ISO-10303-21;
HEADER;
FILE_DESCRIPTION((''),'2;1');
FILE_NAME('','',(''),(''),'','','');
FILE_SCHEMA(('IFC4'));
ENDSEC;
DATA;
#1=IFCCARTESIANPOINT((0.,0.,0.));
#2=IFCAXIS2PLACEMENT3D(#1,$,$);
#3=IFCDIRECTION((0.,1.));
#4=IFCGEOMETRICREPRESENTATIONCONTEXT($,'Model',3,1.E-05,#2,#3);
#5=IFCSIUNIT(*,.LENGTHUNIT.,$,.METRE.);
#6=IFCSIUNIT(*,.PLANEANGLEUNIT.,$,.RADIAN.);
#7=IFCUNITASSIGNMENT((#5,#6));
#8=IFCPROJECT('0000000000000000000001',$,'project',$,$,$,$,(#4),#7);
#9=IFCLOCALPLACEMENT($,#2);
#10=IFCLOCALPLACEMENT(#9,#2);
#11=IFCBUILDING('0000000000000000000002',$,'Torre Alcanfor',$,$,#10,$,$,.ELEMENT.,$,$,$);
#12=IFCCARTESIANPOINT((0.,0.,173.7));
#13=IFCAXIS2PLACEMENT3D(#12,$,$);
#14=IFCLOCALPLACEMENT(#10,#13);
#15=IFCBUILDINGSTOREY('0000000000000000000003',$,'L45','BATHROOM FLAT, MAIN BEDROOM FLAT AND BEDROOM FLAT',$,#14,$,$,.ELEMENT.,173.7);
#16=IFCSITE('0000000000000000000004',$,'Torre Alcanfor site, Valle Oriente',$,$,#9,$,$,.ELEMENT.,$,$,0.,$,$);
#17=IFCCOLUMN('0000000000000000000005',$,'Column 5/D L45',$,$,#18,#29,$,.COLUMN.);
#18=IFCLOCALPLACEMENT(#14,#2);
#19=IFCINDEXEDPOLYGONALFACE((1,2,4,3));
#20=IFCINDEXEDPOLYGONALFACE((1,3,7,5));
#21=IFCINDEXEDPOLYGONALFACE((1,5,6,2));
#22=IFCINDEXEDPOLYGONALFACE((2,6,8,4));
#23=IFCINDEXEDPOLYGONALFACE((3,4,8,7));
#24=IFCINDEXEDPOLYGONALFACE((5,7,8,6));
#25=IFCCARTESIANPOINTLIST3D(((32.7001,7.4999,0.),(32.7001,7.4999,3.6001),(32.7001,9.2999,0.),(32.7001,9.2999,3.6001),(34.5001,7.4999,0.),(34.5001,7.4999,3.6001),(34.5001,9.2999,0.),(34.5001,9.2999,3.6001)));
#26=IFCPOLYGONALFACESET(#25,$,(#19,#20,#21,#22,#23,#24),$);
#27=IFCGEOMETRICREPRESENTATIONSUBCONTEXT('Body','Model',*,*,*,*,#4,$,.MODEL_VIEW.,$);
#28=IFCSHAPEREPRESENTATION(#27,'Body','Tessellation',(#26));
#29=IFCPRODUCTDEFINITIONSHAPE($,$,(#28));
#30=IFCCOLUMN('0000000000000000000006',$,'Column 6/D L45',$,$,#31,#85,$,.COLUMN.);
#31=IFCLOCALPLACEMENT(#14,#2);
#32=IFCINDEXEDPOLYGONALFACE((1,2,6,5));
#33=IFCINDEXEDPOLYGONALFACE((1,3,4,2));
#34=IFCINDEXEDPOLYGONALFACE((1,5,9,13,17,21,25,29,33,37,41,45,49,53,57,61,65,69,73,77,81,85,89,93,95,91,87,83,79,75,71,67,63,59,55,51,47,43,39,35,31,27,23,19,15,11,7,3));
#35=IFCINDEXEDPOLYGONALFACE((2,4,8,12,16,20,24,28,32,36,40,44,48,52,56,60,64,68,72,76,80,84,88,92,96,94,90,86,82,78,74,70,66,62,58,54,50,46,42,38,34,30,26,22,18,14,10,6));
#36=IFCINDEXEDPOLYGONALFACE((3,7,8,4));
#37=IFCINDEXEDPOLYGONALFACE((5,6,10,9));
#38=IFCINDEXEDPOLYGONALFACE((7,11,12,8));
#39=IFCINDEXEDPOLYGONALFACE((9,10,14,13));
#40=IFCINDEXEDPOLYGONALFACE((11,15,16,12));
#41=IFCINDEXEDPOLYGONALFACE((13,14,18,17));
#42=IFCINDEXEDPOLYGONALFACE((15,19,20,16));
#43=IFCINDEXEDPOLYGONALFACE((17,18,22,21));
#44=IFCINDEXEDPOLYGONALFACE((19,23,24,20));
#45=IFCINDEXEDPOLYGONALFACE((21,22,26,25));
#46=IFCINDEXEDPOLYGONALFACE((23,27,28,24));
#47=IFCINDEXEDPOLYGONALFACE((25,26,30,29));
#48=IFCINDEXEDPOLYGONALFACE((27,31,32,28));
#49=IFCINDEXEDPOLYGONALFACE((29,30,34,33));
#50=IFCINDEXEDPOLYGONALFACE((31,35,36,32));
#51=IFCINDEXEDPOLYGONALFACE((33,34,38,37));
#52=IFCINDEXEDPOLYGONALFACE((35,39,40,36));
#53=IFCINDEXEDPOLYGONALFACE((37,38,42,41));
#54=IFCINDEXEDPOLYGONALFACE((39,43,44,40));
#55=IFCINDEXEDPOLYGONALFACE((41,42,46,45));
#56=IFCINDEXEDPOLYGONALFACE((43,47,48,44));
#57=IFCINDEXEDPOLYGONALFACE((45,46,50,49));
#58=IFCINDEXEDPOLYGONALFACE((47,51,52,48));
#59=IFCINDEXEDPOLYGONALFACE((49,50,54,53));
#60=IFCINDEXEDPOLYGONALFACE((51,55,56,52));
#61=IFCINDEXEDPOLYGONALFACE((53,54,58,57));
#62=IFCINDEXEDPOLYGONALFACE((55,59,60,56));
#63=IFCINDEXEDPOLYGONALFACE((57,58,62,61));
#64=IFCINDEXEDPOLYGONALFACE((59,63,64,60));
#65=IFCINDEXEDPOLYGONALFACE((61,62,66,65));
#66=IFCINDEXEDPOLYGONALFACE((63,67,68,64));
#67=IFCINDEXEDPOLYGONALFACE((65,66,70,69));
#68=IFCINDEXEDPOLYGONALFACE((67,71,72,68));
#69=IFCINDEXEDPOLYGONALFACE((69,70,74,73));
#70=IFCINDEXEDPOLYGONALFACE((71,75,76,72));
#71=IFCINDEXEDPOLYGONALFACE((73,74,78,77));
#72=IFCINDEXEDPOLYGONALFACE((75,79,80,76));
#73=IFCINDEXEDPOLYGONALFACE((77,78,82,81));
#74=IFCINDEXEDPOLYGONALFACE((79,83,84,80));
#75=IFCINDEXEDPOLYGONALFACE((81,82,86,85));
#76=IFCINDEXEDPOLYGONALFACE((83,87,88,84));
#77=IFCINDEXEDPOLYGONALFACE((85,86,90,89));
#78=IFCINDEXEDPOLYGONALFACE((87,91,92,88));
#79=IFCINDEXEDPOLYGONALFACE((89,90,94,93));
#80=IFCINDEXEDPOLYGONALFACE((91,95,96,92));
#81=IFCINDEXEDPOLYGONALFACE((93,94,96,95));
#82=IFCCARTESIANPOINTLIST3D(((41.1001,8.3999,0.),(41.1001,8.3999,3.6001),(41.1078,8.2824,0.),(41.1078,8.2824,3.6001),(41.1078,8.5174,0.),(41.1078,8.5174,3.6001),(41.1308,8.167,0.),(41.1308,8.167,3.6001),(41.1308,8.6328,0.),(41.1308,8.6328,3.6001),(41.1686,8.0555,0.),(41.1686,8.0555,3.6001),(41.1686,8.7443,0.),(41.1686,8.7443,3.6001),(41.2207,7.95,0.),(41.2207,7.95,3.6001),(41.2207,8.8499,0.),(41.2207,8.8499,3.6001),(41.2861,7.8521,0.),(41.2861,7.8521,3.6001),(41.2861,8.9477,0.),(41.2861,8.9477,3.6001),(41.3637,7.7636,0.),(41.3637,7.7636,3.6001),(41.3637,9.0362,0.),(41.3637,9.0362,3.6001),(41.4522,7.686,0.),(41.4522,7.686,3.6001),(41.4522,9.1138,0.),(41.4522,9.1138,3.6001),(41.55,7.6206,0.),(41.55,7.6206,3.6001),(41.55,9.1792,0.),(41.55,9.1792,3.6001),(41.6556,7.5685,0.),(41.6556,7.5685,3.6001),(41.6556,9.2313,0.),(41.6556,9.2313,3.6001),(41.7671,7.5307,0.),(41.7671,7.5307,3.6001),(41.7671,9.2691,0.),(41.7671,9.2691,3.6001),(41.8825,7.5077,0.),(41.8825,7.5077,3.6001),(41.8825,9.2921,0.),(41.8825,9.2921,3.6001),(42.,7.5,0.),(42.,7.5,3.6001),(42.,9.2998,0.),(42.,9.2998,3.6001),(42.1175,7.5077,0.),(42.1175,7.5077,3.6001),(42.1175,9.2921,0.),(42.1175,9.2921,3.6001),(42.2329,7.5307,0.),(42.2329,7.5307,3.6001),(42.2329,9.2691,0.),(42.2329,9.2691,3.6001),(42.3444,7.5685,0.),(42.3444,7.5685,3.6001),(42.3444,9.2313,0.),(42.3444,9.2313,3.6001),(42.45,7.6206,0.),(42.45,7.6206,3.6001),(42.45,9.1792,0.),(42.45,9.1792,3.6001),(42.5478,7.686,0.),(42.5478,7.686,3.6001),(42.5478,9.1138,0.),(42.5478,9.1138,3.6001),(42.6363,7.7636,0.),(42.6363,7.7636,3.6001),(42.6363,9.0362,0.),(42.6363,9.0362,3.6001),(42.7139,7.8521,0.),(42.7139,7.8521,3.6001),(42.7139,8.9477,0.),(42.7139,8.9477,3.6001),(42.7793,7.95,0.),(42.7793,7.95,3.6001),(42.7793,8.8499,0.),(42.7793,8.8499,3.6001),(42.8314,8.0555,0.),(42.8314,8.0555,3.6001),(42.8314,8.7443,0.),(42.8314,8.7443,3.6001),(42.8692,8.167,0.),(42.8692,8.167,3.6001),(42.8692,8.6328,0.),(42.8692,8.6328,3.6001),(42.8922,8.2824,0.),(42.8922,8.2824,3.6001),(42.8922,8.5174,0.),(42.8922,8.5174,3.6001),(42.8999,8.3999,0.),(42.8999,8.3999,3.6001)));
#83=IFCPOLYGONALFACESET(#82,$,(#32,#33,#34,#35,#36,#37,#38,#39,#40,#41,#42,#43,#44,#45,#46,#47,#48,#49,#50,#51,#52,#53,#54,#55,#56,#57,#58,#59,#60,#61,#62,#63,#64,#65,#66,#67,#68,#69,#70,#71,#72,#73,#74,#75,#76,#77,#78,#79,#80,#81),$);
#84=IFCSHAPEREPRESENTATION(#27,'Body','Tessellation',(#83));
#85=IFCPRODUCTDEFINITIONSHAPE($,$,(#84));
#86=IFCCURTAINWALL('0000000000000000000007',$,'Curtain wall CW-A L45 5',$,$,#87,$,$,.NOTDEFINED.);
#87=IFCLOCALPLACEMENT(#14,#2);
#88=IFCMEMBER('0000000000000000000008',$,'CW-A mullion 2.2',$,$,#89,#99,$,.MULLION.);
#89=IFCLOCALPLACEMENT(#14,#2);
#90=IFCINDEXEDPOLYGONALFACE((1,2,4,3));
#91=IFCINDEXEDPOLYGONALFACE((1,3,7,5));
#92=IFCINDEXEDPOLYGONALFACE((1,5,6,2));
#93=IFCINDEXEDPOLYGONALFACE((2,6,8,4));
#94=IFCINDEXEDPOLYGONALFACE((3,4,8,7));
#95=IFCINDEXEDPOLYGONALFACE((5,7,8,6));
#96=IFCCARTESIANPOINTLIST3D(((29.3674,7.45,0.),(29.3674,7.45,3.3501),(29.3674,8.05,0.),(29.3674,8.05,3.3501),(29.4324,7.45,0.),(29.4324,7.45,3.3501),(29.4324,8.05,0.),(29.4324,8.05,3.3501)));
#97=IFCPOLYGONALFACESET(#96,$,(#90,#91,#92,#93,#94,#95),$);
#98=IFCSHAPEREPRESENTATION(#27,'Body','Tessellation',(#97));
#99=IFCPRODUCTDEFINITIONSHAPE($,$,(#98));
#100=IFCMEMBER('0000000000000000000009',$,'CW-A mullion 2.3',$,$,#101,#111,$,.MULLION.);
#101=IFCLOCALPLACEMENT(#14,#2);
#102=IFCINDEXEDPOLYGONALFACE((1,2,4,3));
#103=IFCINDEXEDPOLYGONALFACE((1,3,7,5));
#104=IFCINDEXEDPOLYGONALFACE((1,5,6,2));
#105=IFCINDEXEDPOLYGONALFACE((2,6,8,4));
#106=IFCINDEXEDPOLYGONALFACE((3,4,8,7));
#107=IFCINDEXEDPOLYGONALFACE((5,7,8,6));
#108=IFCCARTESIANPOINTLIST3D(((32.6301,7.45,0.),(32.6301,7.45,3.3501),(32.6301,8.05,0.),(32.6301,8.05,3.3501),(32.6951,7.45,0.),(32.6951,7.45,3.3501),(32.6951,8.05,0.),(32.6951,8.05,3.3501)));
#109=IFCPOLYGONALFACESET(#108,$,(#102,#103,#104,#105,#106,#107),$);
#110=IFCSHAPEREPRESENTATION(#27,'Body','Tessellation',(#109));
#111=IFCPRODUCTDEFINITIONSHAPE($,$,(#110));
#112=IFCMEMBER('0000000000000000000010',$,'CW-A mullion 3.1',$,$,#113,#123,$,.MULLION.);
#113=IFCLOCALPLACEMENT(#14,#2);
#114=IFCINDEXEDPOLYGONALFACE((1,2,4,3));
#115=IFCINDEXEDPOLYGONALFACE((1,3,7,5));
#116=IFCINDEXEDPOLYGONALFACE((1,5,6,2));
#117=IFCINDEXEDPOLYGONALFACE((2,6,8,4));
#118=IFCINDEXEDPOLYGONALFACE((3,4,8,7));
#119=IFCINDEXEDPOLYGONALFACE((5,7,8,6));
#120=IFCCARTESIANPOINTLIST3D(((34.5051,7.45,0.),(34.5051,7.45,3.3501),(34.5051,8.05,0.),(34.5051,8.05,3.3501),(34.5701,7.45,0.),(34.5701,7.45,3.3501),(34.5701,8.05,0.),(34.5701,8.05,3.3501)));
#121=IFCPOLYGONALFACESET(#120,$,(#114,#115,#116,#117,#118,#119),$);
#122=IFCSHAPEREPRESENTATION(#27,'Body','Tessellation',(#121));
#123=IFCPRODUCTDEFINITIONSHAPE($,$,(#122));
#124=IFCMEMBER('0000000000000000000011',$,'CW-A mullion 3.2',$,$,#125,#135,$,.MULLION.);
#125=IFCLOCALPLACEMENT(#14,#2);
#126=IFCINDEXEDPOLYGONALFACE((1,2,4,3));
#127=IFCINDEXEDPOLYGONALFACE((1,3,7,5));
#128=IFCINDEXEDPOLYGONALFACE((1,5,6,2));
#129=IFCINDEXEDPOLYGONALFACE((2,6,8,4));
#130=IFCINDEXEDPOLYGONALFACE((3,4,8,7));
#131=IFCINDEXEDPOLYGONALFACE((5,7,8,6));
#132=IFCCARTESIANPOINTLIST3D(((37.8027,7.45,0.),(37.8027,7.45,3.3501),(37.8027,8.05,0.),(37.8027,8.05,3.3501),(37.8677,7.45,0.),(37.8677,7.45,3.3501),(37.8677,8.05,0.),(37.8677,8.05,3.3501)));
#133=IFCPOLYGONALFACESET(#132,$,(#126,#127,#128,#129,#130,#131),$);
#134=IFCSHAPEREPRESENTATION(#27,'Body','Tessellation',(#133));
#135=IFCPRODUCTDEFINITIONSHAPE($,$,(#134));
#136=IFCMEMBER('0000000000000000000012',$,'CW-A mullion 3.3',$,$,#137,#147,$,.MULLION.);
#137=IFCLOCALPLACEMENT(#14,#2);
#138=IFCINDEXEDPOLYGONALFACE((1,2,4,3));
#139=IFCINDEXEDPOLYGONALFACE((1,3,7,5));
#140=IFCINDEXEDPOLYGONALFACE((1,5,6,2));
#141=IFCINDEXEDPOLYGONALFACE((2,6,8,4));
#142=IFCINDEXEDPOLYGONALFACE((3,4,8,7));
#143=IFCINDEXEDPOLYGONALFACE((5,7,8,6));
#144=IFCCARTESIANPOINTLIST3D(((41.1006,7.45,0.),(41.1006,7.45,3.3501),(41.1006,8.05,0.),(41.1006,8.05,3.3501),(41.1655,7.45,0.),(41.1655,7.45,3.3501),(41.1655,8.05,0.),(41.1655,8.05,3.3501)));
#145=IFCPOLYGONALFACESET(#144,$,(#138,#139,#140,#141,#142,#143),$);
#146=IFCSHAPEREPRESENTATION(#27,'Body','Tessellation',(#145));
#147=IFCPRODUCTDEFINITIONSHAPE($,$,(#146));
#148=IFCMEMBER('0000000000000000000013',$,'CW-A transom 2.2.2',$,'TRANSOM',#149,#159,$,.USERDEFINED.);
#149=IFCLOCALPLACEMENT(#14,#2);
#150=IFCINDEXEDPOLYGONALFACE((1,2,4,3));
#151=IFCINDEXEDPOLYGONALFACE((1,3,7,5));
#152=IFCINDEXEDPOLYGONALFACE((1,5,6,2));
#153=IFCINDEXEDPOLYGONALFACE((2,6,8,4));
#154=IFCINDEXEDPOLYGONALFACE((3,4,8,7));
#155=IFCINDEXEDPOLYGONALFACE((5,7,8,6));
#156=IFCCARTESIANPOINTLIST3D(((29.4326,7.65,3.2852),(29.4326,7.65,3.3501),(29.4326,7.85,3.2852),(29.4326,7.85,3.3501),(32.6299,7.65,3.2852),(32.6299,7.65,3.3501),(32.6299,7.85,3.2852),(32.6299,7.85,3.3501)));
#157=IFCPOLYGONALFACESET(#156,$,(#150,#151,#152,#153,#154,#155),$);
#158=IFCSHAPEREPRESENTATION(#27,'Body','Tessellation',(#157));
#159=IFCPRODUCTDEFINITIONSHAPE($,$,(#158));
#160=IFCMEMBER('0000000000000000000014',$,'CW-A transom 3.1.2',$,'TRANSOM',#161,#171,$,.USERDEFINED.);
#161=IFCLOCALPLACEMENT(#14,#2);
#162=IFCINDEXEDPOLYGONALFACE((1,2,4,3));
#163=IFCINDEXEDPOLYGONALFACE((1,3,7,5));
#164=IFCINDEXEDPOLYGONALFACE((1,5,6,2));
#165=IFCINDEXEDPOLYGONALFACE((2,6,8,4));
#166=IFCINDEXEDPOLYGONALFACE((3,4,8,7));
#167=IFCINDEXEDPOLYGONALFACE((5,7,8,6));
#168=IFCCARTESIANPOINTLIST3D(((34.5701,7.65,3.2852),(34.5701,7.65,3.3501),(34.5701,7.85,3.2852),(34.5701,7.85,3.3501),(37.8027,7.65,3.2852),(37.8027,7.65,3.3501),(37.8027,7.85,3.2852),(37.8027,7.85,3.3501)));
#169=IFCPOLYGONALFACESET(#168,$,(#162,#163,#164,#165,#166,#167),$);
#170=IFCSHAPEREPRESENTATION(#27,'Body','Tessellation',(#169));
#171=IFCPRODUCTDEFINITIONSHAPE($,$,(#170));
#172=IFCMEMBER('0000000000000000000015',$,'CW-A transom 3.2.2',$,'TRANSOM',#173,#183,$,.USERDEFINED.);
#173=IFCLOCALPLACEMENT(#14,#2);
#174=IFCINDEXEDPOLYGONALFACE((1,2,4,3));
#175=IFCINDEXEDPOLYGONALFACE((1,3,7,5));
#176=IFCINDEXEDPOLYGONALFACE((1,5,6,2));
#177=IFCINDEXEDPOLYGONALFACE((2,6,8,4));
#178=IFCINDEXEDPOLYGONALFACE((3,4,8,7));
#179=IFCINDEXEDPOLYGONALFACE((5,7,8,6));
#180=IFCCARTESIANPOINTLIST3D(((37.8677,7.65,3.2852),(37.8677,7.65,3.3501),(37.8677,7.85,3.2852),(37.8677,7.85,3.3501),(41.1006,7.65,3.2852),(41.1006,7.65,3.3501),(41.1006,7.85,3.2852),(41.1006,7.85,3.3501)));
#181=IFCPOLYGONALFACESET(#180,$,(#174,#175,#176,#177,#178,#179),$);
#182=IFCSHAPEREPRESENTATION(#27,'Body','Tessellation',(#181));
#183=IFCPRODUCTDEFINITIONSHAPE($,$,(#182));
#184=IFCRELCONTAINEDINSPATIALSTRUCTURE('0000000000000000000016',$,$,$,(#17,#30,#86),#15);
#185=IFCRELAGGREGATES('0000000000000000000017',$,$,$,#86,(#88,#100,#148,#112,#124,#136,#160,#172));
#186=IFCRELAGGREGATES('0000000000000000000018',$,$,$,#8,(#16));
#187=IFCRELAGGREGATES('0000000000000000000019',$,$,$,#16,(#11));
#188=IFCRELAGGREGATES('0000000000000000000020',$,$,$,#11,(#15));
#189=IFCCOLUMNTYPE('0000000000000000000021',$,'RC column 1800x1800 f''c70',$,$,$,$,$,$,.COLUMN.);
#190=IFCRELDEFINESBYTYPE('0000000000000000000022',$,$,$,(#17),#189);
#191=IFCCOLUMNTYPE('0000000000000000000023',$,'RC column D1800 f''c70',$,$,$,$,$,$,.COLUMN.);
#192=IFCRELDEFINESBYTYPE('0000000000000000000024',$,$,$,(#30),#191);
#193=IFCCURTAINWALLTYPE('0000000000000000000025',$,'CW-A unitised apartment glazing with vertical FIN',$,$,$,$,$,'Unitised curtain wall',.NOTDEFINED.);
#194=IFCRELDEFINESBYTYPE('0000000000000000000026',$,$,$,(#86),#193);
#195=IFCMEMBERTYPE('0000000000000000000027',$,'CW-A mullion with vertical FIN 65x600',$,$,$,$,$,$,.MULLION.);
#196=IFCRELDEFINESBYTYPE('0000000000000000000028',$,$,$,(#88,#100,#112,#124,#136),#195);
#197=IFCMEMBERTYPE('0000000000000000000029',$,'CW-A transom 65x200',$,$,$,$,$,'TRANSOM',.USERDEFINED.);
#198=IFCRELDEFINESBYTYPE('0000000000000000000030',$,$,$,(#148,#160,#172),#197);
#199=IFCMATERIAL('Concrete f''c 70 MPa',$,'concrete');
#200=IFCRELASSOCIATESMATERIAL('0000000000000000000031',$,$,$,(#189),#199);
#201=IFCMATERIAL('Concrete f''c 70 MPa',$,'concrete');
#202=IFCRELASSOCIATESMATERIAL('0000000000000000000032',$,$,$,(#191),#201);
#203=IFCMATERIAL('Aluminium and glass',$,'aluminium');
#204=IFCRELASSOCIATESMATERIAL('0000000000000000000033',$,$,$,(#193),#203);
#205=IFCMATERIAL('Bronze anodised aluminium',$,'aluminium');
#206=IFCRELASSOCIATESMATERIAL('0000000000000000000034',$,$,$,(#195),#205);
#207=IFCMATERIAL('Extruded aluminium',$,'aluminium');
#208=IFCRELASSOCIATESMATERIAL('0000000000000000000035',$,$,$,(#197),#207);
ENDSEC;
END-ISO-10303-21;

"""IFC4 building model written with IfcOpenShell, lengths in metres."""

from ifc_helpers import new_model, si_unit, direction, frame, origin, origin_2d, place, context, subcontext, project, spatial, rectangle, circle, extrude, material, material_profile, profile_set, type_object, element, aggregate, save


model = new_model("IFC4")

# Units and contexts
model_context = context("Model", 3, precision=1e-05, world=origin(), true_north=direction((0.0, 1.0)))
body_context = subcontext(model_context, "Body", "Model", "MODEL_VIEW")
ifc_project = project(units=[si_unit("LENGTHUNIT", "METRE"), si_unit("PLANEANGLEUNIT", "RADIAN")], contexts=[model_context])

# Site, building, storey
site_placement = place(None, origin())
site = spatial("IfcSite", under=ifc_project, at=site_placement, Name="Torre Alcanfor site, Valle Oriente", CompositionType="ELEMENT", RefElevation=0.0)
building_placement = place(site_placement, origin())
building = spatial("IfcBuilding", under=site, at=building_placement, Name="Torre Alcanfor", CompositionType="ELEMENT")
storey_placement = place(building_placement, frame((0.0, 0.0, 173.7)))
storey = spatial("IfcBuildingStorey", under=building, at=storey_placement, Name="L45", Description="BATHROOM FLAT, MAIN BEDROOM FLAT AND BEDROOM FLAT", CompositionType="ELEMENT", Elevation=173.7)

# Columns
ifc_material_1 = material(Name="Concrete f'c 70 MPa", Category="concrete")
ifc_material_profile_1 = material_profile(ifc_material_1, rectangle(XDim=1.8, YDim=1.8, at=origin_2d()), Name="1800x1800")
ifc_profile_set_1 = profile_set([ifc_material_profile_1], Name="Concrete f'c 70 MPa")
column_type_1 = type_object("IfcColumnType", Name="RC column 1800x1800 f'c70", PredefinedType="COLUMN", material=ifc_profile_set_1)
column_1_placement = place(storey_placement, frame((33.6001, 8.3999, 0.0), z_axis=(0.0, 0.0, 1.0), x_axis=(1.0, 0.0, 0.0)))
element("IfcColumn", 1, at=column_1_placement, inside=storey, type_object=column_type_1, Name="Column 5/D L45", PredefinedType="COLUMN", context=body_context, shape_type="SweptSolid", body=[
    extrude(rectangle(XDim=1.8, YDim=1.8, at=origin_2d()), origin(), (0.0, 0.0, 1.0), 3.6001),
])
ifc_material_2 = material(Name="Concrete f'c 70 MPa", Category="concrete")
ifc_material_profile_2 = material_profile(ifc_material_2, circle(Radius=0.8999, at=origin_2d()), Name="D1800")
ifc_profile_set_2 = profile_set([ifc_material_profile_2], Name="Concrete f'c 70 MPa")
column_type_2 = type_object("IfcColumnType", Name="RC column D1800 f'c70", PredefinedType="COLUMN", material=ifc_profile_set_2)
column_2_placement = place(storey_placement, frame((42.0, 8.3999, 0.0), z_axis=(0.0, 0.0, 1.0), x_axis=(1.0, 0.0, 0.0)))
element("IfcColumn", 2, at=column_2_placement, inside=storey, type_object=column_type_2, Name="Column 6/D L45", PredefinedType="COLUMN", context=body_context, shape_type="SweptSolid", body=[
    extrude(circle(Radius=0.8999, at=origin_2d()), origin(), (0.0, 0.0, 1.0), 3.6001),
])

# Curtain wall, members
ifc_material_3 = material(Name="Aluminium and glass", Category="aluminium")
curtain_wall_type = type_object("IfcCurtainWallType", Name="CW-A unitised apartment glazing with vertical FIN", ElementType="Unitised curtain wall", PredefinedType="NOTDEFINED", material=ifc_material_3)
curtain_wall_placement = place(storey_placement, origin())
curtain_wall = element("IfcCurtainWall", 3, at=curtain_wall_placement, inside=storey, type_object=curtain_wall_type, Name="Curtain wall CW-A L45 5", PredefinedType="NOTDEFINED")
ifc_material_4 = material(Name="Bronze anodised aluminium", Category="aluminium")
ifc_material_profile_3 = material_profile(ifc_material_4, rectangle(XDim=0.6001, YDim=0.0649, at=origin_2d()), Name="CW-A mullion 65x600")
ifc_profile_set_3 = profile_set([ifc_material_profile_3], Name="Bronze anodised aluminium")
member_type_1 = type_object("IfcMemberType", Name="CW-A mullion with vertical FIN 65x600", PredefinedType="MULLION", material=ifc_profile_set_3)
member_1_placement = place(storey_placement, frame((29.3999, 7.75, 0.0), z_axis=(0.0, 0.0, 1.0), x_axis=(0.0, 1.0, 0.0)))
member_1 = element("IfcMember", 4, at=member_1_placement, type_object=member_type_1, Name="CW-A mullion 2.2", PredefinedType="MULLION", context=body_context, shape_type="SweptSolid", body=[
    extrude(rectangle(XDim=0.6001, YDim=0.0649, at=origin_2d()), origin(), (0.0, 0.0, 1.0), 3.3501),
])
member_2_placement = place(storey_placement, frame((32.6626, 7.75, 0.0), z_axis=(0.0, 0.0, 1.0), x_axis=(0.0, 1.0, 0.0)))
member_2 = element("IfcMember", 5, at=member_2_placement, type_object=member_type_1, Name="CW-A mullion 2.3", PredefinedType="MULLION", context=body_context, shape_type="SweptSolid", body=[
    extrude(rectangle(XDim=0.6001, YDim=0.0649, at=origin_2d()), origin(), (0.0, 0.0, 1.0), 3.3501),
])
member_3_placement = place(storey_placement, frame((34.5376, 7.75, 0.0), z_axis=(0.0, 0.0, 1.0), x_axis=(0.0, 1.0, 0.0)))
member_3 = element("IfcMember", 6, at=member_3_placement, type_object=member_type_1, Name="CW-A mullion 3.1", PredefinedType="MULLION", context=body_context, shape_type="SweptSolid", body=[
    extrude(rectangle(XDim=0.6001, YDim=0.0649, at=origin_2d()), origin(), (0.0, 0.0, 1.0), 3.3501),
])
member_4_placement = place(storey_placement, frame((37.8352, 7.75, 0.0), z_axis=(0.0, 0.0, 1.0), x_axis=(0.0, 1.0, 0.0)))
member_4 = element("IfcMember", 7, at=member_4_placement, type_object=member_type_1, Name="CW-A mullion 3.2", PredefinedType="MULLION", context=body_context, shape_type="SweptSolid", body=[
    extrude(rectangle(XDim=0.6001, YDim=0.0649, at=origin_2d()), origin(), (0.0, 0.0, 1.0), 3.3501),
])
member_5_placement = place(storey_placement, frame((41.1331, 7.75, 0.0), z_axis=(0.0, 0.0, 1.0), x_axis=(0.0, 1.0, 0.0)))
member_5 = element("IfcMember", 8, at=member_5_placement, type_object=member_type_1, Name="CW-A mullion 3.3", PredefinedType="MULLION", context=body_context, shape_type="SweptSolid", body=[
    extrude(rectangle(XDim=0.6001, YDim=0.0649, at=origin_2d()), origin(), (0.0, 0.0, 1.0), 3.3501),
])
ifc_material_5 = material(Name="Extruded aluminium", Category="aluminium")
ifc_material_profile_4 = material_profile(ifc_material_5, rectangle(XDim=0.2, YDim=0.0649, at=origin_2d()), Name="CW-A transom 200x65")
ifc_profile_set_4 = profile_set([ifc_material_profile_4], Name="Extruded aluminium")
member_type_2 = type_object("IfcMemberType", Name="CW-A transom 65x200", ElementType="TRANSOM", PredefinedType="USERDEFINED", material=ifc_profile_set_4)
member_6_placement = place(storey_placement, frame((29.4326, 7.75, 3.3176), z_axis=(1.0, 0.0, 0.0), x_axis=(0.0, 1.0, 0.0)))
member_6 = element("IfcMember", 9, at=member_6_placement, type_object=member_type_2, Name="CW-A transom 2.2.2", ObjectType="TRANSOM", PredefinedType="USERDEFINED", context=body_context, shape_type="SweptSolid", body=[
    extrude(rectangle(XDim=0.2, YDim=0.0649, at=origin_2d()), origin(), (0.0, 0.0, 1.0), 3.1973),
])
member_7_placement = place(storey_placement, frame((34.5701, 7.75, 3.3176), z_axis=(1.0, 0.0, 0.0), x_axis=(0.0, 1.0, 0.0)))
member_7 = element("IfcMember", 10, at=member_7_placement, type_object=member_type_2, Name="CW-A transom 3.1.2", ObjectType="TRANSOM", PredefinedType="USERDEFINED", context=body_context, shape_type="SweptSolid", body=[
    extrude(rectangle(XDim=0.2, YDim=0.0649, at=origin_2d()), origin(), (0.0, 0.0, 1.0), 3.2327),
])
member_8_placement = place(storey_placement, frame((37.8677, 7.75, 3.3176), z_axis=(1.0, 0.0, 0.0), x_axis=(0.0, 1.0, 0.0)))
member_8 = element("IfcMember", 11, at=member_8_placement, type_object=member_type_2, Name="CW-A transom 3.2.2", ObjectType="TRANSOM", PredefinedType="USERDEFINED", context=body_context, shape_type="SweptSolid", body=[
    extrude(rectangle(XDim=0.2, YDim=0.0649, at=origin_2d()), origin(), (0.0, 0.0, 1.0), 3.2329),
])

aggregate(curtain_wall, [member_1, member_2, member_6, member_3, member_4, member_5, member_7, member_8])

save(model, "model.ifc")
